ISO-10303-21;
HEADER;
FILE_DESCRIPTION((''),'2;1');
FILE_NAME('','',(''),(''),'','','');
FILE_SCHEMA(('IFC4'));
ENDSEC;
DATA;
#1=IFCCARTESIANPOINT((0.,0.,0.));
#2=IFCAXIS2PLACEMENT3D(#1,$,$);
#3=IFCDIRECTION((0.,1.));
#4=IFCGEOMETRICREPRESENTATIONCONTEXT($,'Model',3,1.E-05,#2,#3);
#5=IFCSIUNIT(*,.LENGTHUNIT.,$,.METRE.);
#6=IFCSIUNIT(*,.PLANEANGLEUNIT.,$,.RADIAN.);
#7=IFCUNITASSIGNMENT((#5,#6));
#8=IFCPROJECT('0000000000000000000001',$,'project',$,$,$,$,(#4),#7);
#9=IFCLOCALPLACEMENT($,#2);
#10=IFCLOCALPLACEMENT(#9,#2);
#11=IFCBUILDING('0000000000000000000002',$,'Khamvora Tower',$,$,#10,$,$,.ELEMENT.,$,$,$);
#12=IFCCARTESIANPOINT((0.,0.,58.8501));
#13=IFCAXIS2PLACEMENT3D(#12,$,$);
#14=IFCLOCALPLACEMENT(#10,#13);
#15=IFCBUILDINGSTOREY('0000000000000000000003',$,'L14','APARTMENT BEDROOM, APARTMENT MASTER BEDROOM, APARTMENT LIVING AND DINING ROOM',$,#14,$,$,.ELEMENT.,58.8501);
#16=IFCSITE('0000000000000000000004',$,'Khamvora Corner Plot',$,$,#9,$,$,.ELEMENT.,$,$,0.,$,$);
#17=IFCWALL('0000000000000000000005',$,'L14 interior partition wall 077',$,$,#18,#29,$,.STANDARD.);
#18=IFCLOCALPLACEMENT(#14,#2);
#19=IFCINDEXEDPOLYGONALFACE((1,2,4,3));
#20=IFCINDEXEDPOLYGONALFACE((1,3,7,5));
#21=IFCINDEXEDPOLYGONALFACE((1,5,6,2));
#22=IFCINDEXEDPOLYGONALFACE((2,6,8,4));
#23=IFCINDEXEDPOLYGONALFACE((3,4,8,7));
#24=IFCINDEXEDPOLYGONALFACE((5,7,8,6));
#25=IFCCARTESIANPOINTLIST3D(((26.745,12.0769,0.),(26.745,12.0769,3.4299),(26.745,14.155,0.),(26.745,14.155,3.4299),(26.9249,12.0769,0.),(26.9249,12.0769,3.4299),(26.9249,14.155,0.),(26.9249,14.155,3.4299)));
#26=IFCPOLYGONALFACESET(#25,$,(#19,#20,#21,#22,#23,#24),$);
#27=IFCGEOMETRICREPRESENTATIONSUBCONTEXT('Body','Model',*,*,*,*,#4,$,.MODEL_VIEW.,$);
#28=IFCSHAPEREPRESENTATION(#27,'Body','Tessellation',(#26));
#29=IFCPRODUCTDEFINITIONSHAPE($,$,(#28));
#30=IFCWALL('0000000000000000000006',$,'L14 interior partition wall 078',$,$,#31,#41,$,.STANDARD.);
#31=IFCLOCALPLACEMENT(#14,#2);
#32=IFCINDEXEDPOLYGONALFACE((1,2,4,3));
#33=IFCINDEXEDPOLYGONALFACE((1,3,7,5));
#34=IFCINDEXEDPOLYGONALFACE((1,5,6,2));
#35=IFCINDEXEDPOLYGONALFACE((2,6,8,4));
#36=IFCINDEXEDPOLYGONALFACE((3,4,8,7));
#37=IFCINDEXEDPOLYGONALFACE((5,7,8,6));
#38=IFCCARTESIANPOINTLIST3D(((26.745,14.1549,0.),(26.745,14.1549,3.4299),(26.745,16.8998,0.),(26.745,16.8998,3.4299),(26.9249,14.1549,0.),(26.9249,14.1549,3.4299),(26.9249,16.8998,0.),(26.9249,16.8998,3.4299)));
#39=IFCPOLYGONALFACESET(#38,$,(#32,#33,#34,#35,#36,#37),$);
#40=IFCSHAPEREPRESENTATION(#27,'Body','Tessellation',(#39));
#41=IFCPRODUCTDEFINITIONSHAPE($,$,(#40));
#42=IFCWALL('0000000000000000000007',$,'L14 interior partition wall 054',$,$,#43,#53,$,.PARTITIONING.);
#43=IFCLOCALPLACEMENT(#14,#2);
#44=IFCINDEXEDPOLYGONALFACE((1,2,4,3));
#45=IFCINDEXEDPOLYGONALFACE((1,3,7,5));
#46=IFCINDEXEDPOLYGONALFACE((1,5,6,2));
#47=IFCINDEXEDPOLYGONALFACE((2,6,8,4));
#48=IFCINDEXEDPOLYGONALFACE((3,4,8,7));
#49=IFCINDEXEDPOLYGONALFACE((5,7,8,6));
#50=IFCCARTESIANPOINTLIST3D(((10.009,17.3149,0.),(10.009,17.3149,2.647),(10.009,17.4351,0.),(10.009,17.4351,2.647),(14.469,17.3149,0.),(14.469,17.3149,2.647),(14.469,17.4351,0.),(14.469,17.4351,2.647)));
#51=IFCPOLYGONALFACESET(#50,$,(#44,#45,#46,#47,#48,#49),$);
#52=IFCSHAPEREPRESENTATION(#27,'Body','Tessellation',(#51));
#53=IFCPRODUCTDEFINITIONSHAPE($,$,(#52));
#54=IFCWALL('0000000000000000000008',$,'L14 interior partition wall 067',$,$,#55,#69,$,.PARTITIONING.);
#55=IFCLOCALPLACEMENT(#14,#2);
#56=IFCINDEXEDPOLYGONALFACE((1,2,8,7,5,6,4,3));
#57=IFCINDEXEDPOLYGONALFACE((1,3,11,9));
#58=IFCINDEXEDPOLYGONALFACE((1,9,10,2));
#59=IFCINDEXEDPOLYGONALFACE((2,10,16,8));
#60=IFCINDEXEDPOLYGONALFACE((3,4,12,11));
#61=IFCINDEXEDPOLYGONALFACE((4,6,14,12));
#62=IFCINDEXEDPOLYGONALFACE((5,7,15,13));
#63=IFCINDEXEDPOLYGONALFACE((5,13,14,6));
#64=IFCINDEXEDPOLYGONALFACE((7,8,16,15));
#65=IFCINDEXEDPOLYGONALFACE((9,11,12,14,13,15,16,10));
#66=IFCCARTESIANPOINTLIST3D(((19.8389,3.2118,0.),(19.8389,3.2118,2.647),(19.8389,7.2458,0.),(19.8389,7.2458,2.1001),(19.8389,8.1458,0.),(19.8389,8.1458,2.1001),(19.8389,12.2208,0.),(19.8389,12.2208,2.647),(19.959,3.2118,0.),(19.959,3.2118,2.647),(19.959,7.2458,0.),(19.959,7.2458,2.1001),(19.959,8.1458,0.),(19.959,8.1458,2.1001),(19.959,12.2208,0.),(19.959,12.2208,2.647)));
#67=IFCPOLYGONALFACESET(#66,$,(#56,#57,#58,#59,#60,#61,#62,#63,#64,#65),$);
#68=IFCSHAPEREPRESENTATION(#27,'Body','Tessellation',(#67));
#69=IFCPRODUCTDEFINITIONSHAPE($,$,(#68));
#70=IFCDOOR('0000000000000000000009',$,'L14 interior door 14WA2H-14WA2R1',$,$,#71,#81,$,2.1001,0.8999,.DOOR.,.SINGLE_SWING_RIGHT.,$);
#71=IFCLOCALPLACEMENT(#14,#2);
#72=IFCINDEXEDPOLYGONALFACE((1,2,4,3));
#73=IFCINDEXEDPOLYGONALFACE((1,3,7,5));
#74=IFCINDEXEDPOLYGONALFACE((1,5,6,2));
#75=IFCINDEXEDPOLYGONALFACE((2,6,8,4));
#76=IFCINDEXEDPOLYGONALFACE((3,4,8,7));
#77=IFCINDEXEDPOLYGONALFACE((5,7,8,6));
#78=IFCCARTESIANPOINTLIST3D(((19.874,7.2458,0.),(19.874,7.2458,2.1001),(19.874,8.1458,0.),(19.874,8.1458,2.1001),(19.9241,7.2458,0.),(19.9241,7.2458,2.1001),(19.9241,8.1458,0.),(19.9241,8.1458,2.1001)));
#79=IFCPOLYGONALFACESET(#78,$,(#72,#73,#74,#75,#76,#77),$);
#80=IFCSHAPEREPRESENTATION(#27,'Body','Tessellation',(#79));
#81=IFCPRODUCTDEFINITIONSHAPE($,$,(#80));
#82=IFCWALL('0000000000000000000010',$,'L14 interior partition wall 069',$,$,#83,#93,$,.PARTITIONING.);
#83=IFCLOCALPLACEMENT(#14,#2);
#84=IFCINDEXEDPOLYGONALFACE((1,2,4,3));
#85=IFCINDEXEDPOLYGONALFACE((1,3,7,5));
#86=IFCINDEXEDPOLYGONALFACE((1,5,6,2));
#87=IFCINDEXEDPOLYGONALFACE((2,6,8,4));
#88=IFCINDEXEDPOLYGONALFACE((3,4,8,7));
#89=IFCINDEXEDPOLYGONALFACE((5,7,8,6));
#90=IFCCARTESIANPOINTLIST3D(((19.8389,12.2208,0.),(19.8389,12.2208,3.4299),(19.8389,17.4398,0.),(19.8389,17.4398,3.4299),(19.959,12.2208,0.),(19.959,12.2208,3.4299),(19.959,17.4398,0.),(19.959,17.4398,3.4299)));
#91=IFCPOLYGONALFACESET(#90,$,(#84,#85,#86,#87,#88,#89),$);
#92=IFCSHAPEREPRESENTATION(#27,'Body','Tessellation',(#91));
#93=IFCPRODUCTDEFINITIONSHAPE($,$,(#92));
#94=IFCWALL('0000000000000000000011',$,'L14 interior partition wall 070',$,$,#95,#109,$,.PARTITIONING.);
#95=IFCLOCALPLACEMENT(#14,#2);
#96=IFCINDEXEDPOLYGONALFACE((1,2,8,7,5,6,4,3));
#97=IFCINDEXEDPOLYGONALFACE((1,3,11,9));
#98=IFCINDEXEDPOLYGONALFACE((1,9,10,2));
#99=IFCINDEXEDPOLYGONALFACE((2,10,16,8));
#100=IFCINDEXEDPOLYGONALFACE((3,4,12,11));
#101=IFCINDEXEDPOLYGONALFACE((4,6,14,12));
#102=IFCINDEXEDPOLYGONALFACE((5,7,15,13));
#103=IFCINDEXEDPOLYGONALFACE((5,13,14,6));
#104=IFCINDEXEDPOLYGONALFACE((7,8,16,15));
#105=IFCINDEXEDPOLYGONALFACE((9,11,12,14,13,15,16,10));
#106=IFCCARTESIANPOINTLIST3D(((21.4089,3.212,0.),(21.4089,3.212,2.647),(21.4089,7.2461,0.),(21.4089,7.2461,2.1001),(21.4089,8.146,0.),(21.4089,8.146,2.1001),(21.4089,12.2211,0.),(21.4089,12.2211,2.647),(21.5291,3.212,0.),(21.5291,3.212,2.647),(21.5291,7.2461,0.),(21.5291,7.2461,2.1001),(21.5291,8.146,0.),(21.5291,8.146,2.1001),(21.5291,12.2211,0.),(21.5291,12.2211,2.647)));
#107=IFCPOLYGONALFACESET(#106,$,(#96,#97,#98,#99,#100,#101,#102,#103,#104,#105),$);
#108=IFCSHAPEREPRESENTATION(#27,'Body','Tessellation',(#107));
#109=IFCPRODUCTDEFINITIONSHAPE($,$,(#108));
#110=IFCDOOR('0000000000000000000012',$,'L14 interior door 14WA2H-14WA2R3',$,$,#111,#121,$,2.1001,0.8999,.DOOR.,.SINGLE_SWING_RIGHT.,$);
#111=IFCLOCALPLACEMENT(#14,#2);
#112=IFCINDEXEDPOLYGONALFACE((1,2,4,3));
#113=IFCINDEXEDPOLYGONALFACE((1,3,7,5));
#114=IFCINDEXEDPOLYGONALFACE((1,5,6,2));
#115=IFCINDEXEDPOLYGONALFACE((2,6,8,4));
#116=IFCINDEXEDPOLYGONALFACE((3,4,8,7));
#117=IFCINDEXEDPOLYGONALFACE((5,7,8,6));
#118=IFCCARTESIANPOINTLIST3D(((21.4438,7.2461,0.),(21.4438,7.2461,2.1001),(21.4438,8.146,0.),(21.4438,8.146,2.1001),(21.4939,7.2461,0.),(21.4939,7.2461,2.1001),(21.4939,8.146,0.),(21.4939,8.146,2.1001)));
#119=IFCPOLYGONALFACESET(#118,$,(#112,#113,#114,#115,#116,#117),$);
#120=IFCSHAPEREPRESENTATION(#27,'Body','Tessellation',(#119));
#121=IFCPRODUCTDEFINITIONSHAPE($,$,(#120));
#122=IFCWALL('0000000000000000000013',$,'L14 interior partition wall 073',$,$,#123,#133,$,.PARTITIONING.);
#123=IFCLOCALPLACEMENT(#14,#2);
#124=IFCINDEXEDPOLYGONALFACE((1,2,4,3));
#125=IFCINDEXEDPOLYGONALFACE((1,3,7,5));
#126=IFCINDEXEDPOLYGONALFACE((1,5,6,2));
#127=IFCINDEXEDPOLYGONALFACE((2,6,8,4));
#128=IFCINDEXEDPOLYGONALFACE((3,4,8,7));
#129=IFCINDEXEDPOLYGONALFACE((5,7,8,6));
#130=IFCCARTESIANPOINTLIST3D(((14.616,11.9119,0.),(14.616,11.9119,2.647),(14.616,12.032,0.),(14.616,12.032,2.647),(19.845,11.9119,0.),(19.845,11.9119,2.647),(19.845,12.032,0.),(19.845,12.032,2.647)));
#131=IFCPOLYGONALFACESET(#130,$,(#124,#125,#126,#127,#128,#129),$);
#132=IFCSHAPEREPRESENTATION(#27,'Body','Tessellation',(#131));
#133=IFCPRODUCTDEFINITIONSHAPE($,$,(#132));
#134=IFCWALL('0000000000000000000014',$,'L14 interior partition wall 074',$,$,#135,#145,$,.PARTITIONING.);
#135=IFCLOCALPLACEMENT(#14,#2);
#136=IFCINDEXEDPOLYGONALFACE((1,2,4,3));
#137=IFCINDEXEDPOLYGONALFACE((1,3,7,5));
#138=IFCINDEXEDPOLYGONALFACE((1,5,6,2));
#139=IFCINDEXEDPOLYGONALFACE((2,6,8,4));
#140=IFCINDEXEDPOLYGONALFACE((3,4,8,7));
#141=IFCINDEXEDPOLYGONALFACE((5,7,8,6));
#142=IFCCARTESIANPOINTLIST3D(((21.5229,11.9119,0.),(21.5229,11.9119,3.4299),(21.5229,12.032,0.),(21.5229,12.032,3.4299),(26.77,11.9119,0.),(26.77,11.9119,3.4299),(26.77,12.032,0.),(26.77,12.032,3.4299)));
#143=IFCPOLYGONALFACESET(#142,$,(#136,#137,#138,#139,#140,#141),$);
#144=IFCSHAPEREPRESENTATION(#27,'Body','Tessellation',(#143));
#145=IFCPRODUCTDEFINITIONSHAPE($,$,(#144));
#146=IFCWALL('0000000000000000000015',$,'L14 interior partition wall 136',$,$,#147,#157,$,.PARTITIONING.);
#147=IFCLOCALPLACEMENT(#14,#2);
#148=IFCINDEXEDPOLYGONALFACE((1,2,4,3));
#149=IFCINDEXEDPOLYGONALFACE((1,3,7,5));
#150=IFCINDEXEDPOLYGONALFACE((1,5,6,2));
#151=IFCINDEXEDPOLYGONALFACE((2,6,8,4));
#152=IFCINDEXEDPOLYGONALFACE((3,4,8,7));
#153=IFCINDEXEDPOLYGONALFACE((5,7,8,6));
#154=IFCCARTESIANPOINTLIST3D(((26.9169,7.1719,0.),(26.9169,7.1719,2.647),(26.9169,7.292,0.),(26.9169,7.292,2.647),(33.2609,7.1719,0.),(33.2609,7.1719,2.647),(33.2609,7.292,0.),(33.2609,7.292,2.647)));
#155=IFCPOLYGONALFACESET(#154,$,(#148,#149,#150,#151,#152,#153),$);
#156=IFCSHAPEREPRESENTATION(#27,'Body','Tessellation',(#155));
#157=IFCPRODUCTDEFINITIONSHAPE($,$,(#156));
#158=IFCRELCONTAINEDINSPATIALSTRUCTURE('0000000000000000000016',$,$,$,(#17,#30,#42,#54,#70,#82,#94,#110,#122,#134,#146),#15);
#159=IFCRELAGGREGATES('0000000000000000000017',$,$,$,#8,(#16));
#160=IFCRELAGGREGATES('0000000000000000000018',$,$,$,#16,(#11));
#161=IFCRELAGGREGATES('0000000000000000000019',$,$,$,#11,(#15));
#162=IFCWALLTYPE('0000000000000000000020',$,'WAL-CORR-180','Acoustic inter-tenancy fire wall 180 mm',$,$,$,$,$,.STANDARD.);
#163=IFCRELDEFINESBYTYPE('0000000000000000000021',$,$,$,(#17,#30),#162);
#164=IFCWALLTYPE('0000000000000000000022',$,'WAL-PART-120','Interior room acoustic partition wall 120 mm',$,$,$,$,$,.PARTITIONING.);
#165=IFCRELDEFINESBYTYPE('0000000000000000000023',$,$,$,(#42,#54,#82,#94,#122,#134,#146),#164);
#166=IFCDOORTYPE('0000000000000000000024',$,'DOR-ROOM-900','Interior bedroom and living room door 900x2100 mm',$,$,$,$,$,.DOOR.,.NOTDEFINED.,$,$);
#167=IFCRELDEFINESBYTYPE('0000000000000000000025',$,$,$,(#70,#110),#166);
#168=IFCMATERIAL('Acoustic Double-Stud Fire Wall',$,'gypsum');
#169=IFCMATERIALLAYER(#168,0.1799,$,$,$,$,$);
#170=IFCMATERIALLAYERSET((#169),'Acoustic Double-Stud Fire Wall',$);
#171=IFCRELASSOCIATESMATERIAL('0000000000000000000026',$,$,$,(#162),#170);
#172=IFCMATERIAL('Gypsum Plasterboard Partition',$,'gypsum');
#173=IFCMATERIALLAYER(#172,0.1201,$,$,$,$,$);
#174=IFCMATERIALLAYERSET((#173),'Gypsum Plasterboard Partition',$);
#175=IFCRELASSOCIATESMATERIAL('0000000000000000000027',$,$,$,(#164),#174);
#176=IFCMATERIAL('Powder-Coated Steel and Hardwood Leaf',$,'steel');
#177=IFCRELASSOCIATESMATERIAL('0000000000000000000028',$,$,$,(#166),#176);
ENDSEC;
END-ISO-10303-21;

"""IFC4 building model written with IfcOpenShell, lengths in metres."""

from ifc_helpers import new_model, si_unit, direction, frame, frame_2d, origin, place, context, subcontext, project, spatial, rectangle, extrude, material, layer, layer_set, type_object, element, fill, save


model = new_model("IFC4")

# Units and contexts
model_context = context("Model", 3, precision=1e-05, world=origin(), true_north=direction((0.0, 1.0)))
body_context = subcontext(model_context, "Body", "Model", "MODEL_VIEW")
ifc_project = project(units=[si_unit("LENGTHUNIT", "METRE"), si_unit("PLANEANGLEUNIT", "RADIAN")], contexts=[model_context])

# Site, building, storey
site_placement = place(None, origin())
site = spatial("IfcSite", under=ifc_project, at=site_placement, Name="Khamvora Corner Plot", CompositionType="ELEMENT", RefElevation=0.0)
building_placement = place(site_placement, origin())
building = spatial("IfcBuilding", under=site, at=building_placement, Name="Khamvora Tower", CompositionType="ELEMENT")
storey_placement = place(building_placement, frame((0.0, 0.0, 58.8501)))
storey = spatial("IfcBuildingStorey", under=building, at=storey_placement, Name="L14", Description="APARTMENT BEDROOM, APARTMENT MASTER BEDROOM, APARTMENT LIVING AND DINING ROOM", CompositionType="ELEMENT", Elevation=58.8501)

# Walls
ifc_material_1 = material(Name="Acoustic Double-Stud Fire Wall", Category="gypsum")
ifc_layer_1 = layer(ifc_material_1, 0.1799)
ifc_layer_set_1 = layer_set([ifc_layer_1], Name="Acoustic Double-Stud Fire Wall")
wall_type_1 = type_object("IfcWallType", Name="WAL-CORR-180", Description="Acoustic inter-tenancy fire wall 180 mm", PredefinedType="STANDARD", material=ifc_layer_set_1)
wall_1_placement = place(storey_placement, frame((26.835, 14.155, 0.0), z_axis=(0.0, 0.0, 1.0), x_axis=(0.0, -1.0, 0.0)))
element("IfcWall", 1, at=wall_1_placement, inside=storey, type_object=wall_type_1, Name="L14 interior partition wall 077", PredefinedType="STANDARD", context=body_context, shape_type="SweptSolid", body=[
    extrude(rectangle(XDim=2.0781, YDim=0.1799, at=frame_2d((1.0391, 0.0))), origin(), (0.0, 0.0, 1.0), 3.4299),
])
wall_2_placement = place(storey_placement, frame((26.835, 16.8999, 0.0), z_axis=(0.0, 0.0, 1.0), x_axis=(0.0, -1.0, 0.0)))
element("IfcWall", 2, at=wall_2_placement, inside=storey, type_object=wall_type_1, Name="L14 interior partition wall 078", PredefinedType="STANDARD", context=body_context, shape_type="SweptSolid", body=[
    extrude(rectangle(XDim=2.7449, YDim=0.1799, at=frame_2d((1.3726, 0.0))), origin(), (0.0, 0.0, 1.0), 3.4299),
])
ifc_material_2 = material(Name="Gypsum Plasterboard Partition", Category="gypsum")
ifc_layer_2 = layer(ifc_material_2, 0.1201)
ifc_layer_set_2 = layer_set([ifc_layer_2], Name="Gypsum Plasterboard Partition")
wall_type_2 = type_object("IfcWallType", Name="WAL-PART-120", Description="Interior room acoustic partition wall 120 mm", PredefinedType="PARTITIONING", material=ifc_layer_set_2)
wall_3_placement = place(storey_placement, frame((14.469, 17.375, 0.0), z_axis=(0.0, 0.0, 1.0), x_axis=(-1.0, 0.0, 0.0)))
element("IfcWall", 3, at=wall_3_placement, inside=storey, type_object=wall_type_2, Name="L14 interior partition wall 054", PredefinedType="PARTITIONING", context=body_context, shape_type="SweptSolid", body=[
    extrude(rectangle(XDim=4.46, YDim=0.1201, at=frame_2d((2.23, 0.0))), origin(), (0.0, 0.0, 1.0), 2.647),
])

# Wall, opening, door
wall_4_placement = place(storey_placement, frame((19.8989, 3.2119, 0.0), z_axis=(0.0, 0.0, 1.0), x_axis=(0.0, 1.0, 0.0)))
wall_4 = element("IfcWall", 4, at=wall_4_placement, inside=storey, type_object=wall_type_2, Name="L14 interior partition wall 067", PredefinedType="PARTITIONING", context=body_context, shape_type="SweptSolid", body=[
    extrude(rectangle(XDim=9.009, YDim=0.1201, at=frame_2d((4.5044, 0.0))), origin(), (0.0, 0.0, 1.0), 2.647),
])
opening_1_placement = place(wall_4_placement, frame((4.0339, 0.0, 0.0)))
opening_1 = element("IfcOpeningElement", 5, at=opening_1_placement, cuts=wall_4, PredefinedType="OPENING", context=body_context, shape_type="SweptSolid", body=[
    extrude(rectangle(XDim=0.8999, YDim=2.1001, at=frame_2d((0.45, 1.05))), frame((0.0, 0.0701, 0.0), z_axis=(0.0, -1.0, 0.0), x_axis=(1.0, 0.0, 0.0)), (0.0, 0.0, 1.0), 0.1401),
])
ifc_material_3 = material(Name="Powder-Coated Steel and Hardwood Leaf", Category="steel")
door_type = type_object("IfcDoorType", Name="DOR-ROOM-900", Description="Interior bedroom and living room door 900x2100 mm", OperationType="NOTDEFINED", PredefinedType="DOOR", material=ifc_material_3)
door_1_placement = place(opening_1_placement, origin())
door_1 = element("IfcDoor", 6, at=door_1_placement, inside=storey, type_object=door_type, Name="L14 interior door 14WA2H-14WA2R1", OperationType="SINGLE_SWING_RIGHT", OverallHeight=2.1001, OverallWidth=0.8999, PredefinedType="DOOR", context=body_context, shape_type="SweptSolid", body=[
    extrude(rectangle(XDim=0.8999, YDim=2.1001, at=frame_2d((0.45, 1.05))), frame((0.0, 0.0249, 0.0), z_axis=(0.0, -1.0, 0.0), x_axis=(1.0, 0.0, 0.0)), (0.0, 0.0, 1.0), 0.05),
])
fill(opening_1, door_1)

# Wall
wall_5_placement = place(storey_placement, frame((19.8989, 12.2209, 0.0), z_axis=(0.0, 0.0, 1.0), x_axis=(0.0, 1.0, 0.0)))
element("IfcWall", 7, at=wall_5_placement, inside=storey, type_object=wall_type_2, Name="L14 interior partition wall 069", PredefinedType="PARTITIONING", context=body_context, shape_type="SweptSolid", body=[
    extrude(rectangle(XDim=5.219, YDim=0.1201, at=frame_2d((2.6094, 0.0))), origin(), (0.0, 0.0, 1.0), 3.4299),
])

# Wall, opening, door
wall_6_placement = place(storey_placement, frame((21.469, 12.2209, 0.0), z_axis=(0.0, 0.0, 1.0), x_axis=(0.0, -1.0, 0.0)))
wall_6 = element("IfcWall", 8, at=wall_6_placement, inside=storey, type_object=wall_type_2, Name="L14 interior partition wall 070", PredefinedType="PARTITIONING", context=body_context, shape_type="SweptSolid", body=[
    extrude(rectangle(XDim=9.009, YDim=0.1201, at=frame_2d((4.5044, 0.0))), origin(), (0.0, 0.0, 1.0), 2.647),
])
opening_2_placement = place(wall_6_placement, frame((4.075, 0.0, 0.0)))
opening_2 = element("IfcOpeningElement", 9, at=opening_2_placement, cuts=wall_6, PredefinedType="OPENING", context=body_context, shape_type="SweptSolid", body=[
    extrude(rectangle(XDim=0.8999, YDim=2.1001, at=frame_2d((0.45, 1.05))), frame((0.0, 0.0701, 0.0), z_axis=(0.0, -1.0, 0.0), x_axis=(1.0, 0.0, 0.0)), (0.0, 0.0, 1.0), 0.1401),
])
door_2_placement = place(opening_2_placement, origin())
door_2 = element("IfcDoor", 10, at=door_2_placement, inside=storey, type_object=door_type, Name="L14 interior door 14WA2H-14WA2R3", OperationType="SINGLE_SWING_RIGHT", OverallHeight=2.1001, OverallWidth=0.8999, PredefinedType="DOOR", context=body_context, shape_type="SweptSolid", body=[
    extrude(rectangle(XDim=0.8999, YDim=2.1001, at=frame_2d((0.45, 1.05))), frame((0.0, 0.0249, 0.0), z_axis=(0.0, -1.0, 0.0), x_axis=(1.0, 0.0, 0.0)), (0.0, 0.0, 1.0), 0.05),
])
fill(opening_2, door_2)

# Walls
wall_7_placement = place(storey_placement, frame((14.616, 11.9719, 0.0), z_axis=(0.0, 0.0, 1.0), x_axis=(1.0, 0.0, 0.0)))
element("IfcWall", 11, at=wall_7_placement, inside=storey, type_object=wall_type_2, Name="L14 interior partition wall 073", PredefinedType="PARTITIONING", context=body_context, shape_type="SweptSolid", body=[
    extrude(rectangle(XDim=5.229, YDim=0.1201, at=frame_2d((2.6145, 0.0))), origin(), (0.0, 0.0, 1.0), 2.647),
])
wall_8_placement = place(storey_placement, frame((21.5229, 11.9719, 0.0), z_axis=(0.0, 0.0, 1.0), x_axis=(1.0, 0.0, 0.0)))
element("IfcWall", 12, at=wall_8_placement, inside=storey, type_object=wall_type_2, Name="L14 interior partition wall 074", PredefinedType="PARTITIONING", context=body_context, shape_type="SweptSolid", body=[
    extrude(rectangle(XDim=5.2471, YDim=0.1201, at=frame_2d((2.6235, 0.0))), origin(), (0.0, 0.0, 1.0), 3.4299),
])
wall_9_placement = place(storey_placement, frame((26.917, 7.2319, 0.0), z_axis=(0.0, 0.0, 1.0), x_axis=(1.0, 0.0, 0.0)))
element("IfcWall", 13, at=wall_9_placement, inside=storey, type_object=wall_type_2, Name="L14 interior partition wall 136", PredefinedType="PARTITIONING", context=body_context, shape_type="SweptSolid", body=[
    extrude(rectangle(XDim=6.344, YDim=0.1201, at=frame_2d((3.1719, 0.0))), origin(), (0.0, 0.0, 1.0), 2.647),
])

save(model, "model.ifc")
